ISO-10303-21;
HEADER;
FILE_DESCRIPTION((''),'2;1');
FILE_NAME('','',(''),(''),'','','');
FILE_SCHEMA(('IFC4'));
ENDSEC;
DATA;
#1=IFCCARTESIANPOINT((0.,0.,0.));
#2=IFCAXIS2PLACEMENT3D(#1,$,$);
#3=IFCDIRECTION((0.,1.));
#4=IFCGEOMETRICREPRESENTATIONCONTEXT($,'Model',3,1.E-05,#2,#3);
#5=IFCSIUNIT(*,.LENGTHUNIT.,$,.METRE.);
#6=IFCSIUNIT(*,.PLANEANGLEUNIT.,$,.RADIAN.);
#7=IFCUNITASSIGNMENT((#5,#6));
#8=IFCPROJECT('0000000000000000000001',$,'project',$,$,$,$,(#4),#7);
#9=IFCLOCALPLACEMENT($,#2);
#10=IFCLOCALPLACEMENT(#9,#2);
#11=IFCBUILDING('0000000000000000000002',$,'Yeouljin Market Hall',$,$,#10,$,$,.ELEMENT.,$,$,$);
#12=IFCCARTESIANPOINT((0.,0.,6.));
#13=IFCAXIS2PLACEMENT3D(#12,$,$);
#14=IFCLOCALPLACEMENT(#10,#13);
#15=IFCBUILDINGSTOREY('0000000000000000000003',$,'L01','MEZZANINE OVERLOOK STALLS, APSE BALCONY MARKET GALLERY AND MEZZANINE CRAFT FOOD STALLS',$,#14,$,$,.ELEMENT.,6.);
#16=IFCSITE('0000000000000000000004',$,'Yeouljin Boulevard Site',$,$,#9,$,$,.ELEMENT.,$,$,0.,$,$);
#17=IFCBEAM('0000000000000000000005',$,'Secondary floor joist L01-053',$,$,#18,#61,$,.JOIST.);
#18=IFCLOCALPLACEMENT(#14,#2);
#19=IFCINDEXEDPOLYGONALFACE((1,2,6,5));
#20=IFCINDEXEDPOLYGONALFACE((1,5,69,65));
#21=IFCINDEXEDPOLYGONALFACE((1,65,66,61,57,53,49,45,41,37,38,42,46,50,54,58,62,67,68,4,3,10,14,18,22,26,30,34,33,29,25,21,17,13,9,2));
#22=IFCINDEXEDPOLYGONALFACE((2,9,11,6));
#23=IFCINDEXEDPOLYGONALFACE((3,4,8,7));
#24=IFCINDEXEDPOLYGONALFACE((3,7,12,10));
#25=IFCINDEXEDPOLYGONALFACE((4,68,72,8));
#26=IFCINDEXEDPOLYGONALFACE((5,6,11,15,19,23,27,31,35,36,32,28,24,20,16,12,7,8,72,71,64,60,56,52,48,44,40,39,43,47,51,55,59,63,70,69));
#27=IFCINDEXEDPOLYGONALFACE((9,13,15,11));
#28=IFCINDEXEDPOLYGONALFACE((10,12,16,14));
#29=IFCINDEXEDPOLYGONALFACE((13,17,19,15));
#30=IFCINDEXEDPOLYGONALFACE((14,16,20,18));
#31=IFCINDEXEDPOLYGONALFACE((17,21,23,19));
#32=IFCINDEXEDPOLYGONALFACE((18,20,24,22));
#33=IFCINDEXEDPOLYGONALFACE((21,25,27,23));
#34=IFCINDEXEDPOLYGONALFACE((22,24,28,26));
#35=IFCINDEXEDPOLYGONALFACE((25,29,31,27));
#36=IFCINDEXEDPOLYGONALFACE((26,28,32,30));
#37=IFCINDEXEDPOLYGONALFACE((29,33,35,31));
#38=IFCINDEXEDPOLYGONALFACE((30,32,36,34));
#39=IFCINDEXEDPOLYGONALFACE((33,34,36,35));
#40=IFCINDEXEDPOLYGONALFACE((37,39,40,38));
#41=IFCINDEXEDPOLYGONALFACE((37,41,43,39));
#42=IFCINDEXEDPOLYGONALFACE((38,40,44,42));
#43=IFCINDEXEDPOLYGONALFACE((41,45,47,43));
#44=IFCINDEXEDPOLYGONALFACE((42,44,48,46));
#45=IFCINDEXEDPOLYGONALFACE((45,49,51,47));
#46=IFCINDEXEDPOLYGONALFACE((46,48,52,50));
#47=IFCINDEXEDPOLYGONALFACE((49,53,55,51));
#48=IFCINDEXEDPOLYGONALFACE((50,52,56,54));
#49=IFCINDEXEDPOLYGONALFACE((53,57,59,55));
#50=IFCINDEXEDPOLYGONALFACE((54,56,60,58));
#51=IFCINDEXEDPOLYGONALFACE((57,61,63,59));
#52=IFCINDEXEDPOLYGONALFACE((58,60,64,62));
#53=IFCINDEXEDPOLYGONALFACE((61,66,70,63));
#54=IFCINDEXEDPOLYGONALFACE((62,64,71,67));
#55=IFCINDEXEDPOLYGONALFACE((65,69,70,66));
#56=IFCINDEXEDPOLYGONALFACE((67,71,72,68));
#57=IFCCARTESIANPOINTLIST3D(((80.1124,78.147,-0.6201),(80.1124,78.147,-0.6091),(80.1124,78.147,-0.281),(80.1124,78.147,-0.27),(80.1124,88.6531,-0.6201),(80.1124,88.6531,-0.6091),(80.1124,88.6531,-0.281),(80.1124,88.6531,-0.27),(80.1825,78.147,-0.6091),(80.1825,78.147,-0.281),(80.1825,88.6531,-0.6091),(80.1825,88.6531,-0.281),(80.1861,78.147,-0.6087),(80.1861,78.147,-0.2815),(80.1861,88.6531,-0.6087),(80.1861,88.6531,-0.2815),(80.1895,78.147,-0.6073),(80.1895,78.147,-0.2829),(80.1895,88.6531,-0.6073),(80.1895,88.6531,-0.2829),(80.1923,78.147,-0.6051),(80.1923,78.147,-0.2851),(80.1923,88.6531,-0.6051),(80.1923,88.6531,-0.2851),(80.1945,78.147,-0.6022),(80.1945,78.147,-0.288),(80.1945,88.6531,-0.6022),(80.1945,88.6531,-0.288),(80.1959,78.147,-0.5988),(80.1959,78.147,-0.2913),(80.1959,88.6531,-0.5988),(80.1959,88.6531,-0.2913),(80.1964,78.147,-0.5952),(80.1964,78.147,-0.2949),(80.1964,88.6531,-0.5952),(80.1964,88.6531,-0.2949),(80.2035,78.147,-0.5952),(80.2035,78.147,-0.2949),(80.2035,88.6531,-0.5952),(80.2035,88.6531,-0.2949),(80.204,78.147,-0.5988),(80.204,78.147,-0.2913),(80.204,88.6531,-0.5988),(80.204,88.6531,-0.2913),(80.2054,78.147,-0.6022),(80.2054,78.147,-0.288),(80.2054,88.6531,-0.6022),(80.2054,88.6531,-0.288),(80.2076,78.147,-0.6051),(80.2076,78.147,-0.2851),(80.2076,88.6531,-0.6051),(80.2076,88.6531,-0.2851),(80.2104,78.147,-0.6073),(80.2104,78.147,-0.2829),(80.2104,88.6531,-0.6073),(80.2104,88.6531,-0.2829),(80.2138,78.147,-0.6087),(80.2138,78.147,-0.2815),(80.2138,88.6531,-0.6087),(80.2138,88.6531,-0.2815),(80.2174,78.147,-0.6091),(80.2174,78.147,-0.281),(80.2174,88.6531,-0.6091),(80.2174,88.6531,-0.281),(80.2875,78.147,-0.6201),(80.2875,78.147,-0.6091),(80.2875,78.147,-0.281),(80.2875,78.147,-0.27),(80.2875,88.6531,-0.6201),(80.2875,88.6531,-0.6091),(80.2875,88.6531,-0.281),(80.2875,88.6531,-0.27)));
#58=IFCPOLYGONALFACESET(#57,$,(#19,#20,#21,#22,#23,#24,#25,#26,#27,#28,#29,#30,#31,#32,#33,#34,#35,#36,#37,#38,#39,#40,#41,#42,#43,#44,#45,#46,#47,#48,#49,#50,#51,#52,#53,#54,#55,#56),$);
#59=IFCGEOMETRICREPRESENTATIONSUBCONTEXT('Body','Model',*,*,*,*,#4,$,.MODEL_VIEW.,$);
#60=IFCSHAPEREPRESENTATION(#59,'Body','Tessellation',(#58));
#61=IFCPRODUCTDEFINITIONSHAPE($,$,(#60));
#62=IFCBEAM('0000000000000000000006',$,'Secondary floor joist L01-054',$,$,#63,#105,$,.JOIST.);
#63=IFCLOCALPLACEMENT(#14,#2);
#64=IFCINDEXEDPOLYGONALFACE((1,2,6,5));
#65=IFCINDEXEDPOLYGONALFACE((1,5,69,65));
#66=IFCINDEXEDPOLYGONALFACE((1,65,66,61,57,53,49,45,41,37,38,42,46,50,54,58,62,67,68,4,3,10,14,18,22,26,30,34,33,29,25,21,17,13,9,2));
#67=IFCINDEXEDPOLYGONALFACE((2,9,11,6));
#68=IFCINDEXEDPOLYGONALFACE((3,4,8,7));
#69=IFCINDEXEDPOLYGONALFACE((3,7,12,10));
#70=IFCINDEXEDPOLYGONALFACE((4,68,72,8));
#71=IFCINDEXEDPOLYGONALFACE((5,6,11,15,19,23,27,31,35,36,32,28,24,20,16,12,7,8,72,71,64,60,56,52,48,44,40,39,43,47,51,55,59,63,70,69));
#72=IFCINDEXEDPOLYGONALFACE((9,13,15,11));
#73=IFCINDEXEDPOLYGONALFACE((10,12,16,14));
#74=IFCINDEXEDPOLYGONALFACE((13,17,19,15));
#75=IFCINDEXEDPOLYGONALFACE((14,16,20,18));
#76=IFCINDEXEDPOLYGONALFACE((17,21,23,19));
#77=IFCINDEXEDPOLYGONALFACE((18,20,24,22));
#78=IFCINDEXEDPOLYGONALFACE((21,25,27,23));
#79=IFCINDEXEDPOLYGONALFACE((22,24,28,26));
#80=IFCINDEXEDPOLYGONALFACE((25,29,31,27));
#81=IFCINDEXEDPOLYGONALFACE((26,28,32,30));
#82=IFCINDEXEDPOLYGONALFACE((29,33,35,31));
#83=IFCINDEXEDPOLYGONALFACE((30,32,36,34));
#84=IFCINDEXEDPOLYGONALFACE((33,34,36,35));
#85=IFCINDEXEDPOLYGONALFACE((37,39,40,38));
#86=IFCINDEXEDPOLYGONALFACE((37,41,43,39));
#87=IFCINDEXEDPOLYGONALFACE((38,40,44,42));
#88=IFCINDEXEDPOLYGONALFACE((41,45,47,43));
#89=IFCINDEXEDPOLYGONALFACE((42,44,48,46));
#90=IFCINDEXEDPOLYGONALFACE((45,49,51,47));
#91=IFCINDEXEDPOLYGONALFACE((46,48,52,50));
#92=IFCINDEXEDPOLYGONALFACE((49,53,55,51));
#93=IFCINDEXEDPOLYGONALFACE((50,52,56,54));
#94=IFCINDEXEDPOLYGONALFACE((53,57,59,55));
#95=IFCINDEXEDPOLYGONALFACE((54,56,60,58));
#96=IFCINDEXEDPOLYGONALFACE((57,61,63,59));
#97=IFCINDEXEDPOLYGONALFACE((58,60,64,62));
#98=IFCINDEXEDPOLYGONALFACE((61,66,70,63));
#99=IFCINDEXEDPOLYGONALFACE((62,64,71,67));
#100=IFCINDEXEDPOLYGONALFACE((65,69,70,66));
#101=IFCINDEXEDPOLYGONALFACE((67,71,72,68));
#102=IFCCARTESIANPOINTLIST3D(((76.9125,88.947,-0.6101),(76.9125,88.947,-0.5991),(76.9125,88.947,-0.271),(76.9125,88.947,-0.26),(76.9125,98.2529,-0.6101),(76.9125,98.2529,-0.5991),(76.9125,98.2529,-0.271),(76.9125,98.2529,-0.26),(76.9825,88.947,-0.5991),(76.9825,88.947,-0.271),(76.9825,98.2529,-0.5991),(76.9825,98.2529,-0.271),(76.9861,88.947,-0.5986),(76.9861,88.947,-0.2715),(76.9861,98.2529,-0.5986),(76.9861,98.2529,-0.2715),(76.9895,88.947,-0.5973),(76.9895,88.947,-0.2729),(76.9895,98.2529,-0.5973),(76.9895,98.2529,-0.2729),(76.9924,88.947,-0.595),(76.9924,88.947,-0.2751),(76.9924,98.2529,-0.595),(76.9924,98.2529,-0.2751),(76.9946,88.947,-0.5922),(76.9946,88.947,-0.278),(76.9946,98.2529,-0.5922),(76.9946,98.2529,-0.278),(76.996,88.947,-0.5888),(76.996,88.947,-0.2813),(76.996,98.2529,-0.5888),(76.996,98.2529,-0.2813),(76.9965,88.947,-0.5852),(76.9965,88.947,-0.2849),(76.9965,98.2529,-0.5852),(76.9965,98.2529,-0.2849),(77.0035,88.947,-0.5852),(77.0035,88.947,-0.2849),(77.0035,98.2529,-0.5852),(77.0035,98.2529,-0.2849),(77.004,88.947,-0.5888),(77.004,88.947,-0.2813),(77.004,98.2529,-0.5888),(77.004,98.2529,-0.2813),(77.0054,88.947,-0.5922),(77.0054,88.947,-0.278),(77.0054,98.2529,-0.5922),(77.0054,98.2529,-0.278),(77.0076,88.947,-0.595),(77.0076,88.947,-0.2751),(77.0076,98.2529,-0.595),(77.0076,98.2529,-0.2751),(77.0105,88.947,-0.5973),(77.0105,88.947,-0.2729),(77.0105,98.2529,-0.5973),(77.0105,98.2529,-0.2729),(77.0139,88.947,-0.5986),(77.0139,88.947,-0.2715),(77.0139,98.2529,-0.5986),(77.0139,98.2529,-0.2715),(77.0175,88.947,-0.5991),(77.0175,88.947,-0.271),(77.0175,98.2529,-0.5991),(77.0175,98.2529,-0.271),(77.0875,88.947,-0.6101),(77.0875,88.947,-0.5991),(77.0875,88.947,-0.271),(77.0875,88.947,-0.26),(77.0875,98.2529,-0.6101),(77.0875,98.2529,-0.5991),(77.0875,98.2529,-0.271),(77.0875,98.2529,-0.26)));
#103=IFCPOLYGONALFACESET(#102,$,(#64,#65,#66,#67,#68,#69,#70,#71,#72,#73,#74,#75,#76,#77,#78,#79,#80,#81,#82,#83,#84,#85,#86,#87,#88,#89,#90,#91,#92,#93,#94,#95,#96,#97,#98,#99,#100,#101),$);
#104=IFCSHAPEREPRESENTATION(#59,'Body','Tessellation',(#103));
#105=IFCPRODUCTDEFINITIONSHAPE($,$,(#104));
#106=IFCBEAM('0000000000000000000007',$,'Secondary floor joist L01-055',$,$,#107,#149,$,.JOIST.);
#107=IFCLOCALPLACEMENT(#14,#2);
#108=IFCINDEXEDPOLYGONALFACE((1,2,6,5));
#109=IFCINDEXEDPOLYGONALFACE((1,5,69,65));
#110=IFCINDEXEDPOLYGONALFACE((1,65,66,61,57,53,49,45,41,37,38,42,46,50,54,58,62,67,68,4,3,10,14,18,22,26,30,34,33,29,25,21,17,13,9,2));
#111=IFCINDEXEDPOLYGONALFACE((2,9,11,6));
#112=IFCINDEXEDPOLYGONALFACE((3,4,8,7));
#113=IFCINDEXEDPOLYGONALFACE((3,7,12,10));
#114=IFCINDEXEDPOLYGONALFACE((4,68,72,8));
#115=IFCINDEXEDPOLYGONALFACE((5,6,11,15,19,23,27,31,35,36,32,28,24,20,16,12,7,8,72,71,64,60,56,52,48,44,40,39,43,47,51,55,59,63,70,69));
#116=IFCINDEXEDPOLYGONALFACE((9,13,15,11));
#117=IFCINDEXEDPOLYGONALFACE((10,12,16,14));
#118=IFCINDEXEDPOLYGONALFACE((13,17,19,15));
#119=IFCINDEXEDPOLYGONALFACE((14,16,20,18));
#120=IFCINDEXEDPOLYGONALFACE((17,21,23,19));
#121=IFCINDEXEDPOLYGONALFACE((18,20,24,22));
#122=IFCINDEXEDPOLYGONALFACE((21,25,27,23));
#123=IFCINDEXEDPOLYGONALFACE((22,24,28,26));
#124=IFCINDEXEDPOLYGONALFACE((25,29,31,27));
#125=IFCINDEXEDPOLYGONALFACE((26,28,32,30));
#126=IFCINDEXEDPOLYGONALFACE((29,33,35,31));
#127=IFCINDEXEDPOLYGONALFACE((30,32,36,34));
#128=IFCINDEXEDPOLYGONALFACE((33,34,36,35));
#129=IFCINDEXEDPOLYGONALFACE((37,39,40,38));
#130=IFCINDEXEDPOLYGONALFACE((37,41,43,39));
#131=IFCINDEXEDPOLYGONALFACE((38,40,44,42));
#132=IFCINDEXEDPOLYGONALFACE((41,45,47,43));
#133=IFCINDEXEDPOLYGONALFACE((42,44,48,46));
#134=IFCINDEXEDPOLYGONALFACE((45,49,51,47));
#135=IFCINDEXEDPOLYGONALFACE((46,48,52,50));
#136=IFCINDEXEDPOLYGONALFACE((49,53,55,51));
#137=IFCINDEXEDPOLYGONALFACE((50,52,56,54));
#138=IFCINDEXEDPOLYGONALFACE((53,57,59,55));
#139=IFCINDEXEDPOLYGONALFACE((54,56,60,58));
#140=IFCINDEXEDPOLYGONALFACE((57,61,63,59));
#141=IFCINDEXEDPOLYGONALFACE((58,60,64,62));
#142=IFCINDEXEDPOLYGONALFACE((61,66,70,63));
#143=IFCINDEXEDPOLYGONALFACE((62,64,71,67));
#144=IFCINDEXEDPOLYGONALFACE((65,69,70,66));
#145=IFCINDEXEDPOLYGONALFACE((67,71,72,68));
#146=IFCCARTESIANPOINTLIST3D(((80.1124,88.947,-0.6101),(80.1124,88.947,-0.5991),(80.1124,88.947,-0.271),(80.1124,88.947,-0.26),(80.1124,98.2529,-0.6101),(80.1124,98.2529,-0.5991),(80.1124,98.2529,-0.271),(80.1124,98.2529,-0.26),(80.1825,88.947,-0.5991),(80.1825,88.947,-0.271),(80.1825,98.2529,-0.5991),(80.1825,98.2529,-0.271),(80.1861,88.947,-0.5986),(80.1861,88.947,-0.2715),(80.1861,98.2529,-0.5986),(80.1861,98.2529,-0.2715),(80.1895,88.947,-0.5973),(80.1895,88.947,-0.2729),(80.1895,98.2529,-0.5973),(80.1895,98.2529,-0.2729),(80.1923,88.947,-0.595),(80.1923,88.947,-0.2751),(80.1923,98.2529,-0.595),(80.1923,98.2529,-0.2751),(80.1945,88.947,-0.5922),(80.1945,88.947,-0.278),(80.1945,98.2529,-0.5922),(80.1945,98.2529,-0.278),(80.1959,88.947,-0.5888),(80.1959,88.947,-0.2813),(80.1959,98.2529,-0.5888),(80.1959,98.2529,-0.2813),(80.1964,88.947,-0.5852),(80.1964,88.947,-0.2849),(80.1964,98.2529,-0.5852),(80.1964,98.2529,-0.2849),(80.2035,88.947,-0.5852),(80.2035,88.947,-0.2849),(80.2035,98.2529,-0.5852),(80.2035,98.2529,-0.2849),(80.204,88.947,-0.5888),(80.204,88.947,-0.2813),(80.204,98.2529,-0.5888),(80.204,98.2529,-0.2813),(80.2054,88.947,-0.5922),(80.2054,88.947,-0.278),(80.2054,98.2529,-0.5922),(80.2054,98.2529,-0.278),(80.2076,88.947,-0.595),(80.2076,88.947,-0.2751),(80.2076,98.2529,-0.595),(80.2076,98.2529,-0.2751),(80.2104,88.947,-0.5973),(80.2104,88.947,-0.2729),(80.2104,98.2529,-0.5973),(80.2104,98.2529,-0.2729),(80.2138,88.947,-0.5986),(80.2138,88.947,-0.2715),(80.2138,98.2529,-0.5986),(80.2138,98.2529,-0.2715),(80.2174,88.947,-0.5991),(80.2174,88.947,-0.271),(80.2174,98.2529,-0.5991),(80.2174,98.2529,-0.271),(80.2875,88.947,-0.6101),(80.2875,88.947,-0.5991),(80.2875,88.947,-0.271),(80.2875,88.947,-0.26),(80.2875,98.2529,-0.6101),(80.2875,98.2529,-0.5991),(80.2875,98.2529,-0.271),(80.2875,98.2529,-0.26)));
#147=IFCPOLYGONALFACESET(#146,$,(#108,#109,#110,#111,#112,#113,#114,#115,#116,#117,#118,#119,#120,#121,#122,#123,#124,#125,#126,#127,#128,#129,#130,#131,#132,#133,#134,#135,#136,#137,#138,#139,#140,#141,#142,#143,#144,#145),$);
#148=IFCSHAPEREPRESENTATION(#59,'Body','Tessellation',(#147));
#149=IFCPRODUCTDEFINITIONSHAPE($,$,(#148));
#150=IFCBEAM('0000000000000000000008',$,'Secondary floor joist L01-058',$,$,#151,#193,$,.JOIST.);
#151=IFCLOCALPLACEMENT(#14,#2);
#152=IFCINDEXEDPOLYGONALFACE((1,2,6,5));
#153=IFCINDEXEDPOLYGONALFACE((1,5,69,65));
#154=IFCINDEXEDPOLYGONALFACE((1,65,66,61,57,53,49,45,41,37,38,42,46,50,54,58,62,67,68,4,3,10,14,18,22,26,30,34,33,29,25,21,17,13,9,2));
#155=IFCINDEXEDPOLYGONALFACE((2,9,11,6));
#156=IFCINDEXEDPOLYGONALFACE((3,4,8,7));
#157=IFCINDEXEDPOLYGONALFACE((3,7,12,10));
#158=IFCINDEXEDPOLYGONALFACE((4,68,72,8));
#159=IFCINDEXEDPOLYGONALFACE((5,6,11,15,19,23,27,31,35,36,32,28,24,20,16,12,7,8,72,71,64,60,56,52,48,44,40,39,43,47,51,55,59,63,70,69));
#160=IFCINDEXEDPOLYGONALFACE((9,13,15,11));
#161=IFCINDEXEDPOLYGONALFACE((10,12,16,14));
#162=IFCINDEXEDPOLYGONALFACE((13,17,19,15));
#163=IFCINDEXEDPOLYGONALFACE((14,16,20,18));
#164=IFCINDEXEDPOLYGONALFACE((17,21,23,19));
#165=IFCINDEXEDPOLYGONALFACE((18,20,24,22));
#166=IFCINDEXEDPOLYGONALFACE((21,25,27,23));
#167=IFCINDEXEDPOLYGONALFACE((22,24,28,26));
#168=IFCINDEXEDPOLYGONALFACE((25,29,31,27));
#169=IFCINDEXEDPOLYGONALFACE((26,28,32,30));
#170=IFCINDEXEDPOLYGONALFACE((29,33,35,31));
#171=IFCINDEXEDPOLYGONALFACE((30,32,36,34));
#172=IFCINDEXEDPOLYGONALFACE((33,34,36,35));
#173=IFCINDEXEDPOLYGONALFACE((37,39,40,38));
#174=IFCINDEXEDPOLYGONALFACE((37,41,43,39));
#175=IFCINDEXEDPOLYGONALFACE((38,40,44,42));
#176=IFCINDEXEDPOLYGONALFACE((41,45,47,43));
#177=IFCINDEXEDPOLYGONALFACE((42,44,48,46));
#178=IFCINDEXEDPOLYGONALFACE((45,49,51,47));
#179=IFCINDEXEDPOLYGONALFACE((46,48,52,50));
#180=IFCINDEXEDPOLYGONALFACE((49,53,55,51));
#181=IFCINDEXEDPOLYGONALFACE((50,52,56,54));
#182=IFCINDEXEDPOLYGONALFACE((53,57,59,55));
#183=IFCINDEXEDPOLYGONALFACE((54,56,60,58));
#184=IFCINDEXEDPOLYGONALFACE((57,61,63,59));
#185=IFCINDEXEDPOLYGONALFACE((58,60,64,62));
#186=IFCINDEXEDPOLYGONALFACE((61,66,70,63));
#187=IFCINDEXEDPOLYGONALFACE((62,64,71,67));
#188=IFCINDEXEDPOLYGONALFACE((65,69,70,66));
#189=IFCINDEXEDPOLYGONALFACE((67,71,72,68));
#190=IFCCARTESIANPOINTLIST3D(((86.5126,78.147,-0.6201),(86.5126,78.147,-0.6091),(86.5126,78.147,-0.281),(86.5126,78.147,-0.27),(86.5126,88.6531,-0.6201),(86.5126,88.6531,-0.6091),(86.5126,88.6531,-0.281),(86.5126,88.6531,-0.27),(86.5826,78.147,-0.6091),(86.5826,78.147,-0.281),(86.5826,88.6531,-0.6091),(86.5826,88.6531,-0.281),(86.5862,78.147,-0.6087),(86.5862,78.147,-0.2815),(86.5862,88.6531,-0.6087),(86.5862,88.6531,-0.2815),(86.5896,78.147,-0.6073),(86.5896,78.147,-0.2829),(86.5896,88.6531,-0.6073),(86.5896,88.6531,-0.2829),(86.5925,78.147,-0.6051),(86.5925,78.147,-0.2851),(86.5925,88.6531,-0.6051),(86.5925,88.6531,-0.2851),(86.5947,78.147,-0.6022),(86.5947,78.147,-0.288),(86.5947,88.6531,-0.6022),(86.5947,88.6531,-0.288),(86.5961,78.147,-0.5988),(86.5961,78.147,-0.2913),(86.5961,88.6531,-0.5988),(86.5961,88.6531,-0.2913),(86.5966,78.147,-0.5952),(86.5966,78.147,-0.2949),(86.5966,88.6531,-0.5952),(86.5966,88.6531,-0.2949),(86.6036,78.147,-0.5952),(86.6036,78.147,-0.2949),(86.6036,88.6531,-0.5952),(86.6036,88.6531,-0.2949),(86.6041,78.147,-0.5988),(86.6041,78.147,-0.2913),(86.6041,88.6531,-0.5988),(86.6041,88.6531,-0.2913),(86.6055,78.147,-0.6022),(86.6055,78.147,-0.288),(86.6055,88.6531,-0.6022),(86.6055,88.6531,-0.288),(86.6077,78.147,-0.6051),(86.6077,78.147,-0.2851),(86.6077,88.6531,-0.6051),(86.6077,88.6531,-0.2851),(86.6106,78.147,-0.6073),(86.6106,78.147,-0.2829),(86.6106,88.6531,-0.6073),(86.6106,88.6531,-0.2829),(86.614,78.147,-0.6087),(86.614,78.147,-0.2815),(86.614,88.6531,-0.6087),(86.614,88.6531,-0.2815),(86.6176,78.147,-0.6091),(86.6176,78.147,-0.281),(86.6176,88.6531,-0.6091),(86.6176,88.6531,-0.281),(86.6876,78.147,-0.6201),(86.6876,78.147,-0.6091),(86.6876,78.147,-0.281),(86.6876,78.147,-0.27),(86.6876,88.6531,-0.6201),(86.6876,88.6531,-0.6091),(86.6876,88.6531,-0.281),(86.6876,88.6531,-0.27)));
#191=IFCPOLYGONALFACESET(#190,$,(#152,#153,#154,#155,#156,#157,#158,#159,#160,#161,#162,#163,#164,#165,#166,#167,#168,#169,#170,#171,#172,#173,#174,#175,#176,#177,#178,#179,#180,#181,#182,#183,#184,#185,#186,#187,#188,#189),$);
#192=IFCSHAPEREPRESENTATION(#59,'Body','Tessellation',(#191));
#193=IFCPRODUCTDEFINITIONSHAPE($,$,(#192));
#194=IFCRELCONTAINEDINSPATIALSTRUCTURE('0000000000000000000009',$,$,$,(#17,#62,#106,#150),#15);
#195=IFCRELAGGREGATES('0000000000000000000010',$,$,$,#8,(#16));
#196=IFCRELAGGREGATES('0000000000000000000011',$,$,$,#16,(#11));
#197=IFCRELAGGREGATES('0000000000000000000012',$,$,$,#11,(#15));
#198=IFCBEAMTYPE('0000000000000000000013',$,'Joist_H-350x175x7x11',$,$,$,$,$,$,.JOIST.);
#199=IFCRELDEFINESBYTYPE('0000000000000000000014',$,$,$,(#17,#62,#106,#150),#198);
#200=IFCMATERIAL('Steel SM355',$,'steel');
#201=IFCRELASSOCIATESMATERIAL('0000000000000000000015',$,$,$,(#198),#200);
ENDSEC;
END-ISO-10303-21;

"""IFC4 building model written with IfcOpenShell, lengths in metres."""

from ifc_helpers import new_model, si_unit, direction, frame, origin, origin_2d, place, context, subcontext, project, spatial, i_section, extrude, material, material_profile, profile_set, type_object, element, save


model = new_model("IFC4")

# Units and contexts
model_context = context("Model", 3, precision=1e-05, world=origin(), true_north=direction((0.0, 1.0)))
body_context = subcontext(model_context, "Body", "Model", "MODEL_VIEW")
ifc_project = project(units=[si_unit("LENGTHUNIT", "METRE"), si_unit("PLANEANGLEUNIT", "RADIAN")], contexts=[model_context])

# Site, building, storey
site_placement = place(None, origin())
site = spatial("IfcSite", under=ifc_project, at=site_placement, Name="Yeouljin Boulevard Site", CompositionType="ELEMENT", RefElevation=0.0)
building_placement = place(site_placement, origin())
building = spatial("IfcBuilding", under=site, at=building_placement, Name="Yeouljin Market Hall", CompositionType="ELEMENT")
storey_placement = place(building_placement, frame((0.0, 0.0, 6.0)))
storey = spatial("IfcBuildingStorey", under=building, at=storey_placement, Name="L01", Description="MEZZANINE OVERLOOK STALLS, APSE BALCONY MARKET GALLERY AND MEZZANINE CRAFT FOOD STALLS", CompositionType="ELEMENT", Elevation=6.0)

# Beams
ifc_material_1 = material(Name="Steel SM355", Category="steel")
ifc_material_profile_1 = material_profile(ifc_material_1, i_section(OverallWidth=0.175, OverallDepth=0.3501, WebThickness=0.0071, FlangeThickness=0.011, FilletRadius=0.0139, at=origin_2d()), Name="H-350x175x7x11")
ifc_profile_set_1 = profile_set([ifc_material_profile_1], Name="Steel SM355")
beam_type_1 = type_object("IfcBeamType", Name="Joist_H-350x175x7x11", PredefinedType="JOIST", material=ifc_profile_set_1)
for number, where, z_axis, x_axis, name in (
    (1, (80.2, 78.147, -0.4451), (0.0, 1.0, 0.0), (-1.0, 0.0, 0.0), "Secondary floor joist L01-053"),
):
    element("IfcBeam", number, at=place(storey_placement, frame(where, z_axis=z_axis, x_axis=x_axis)), inside=storey, type_object=beam_type_1, Name=name, PredefinedType="JOIST", context=body_context, shape_type="SweptSolid", body=[
        extrude(i_section(OverallWidth=0.175, OverallDepth=0.3501, WebThickness=0.0071, FlangeThickness=0.011, FilletRadius=0.0139, at=origin_2d()), origin(), (0.0, 0.0, 1.0), 10.5061),
    ])
for number, where, z_axis, x_axis, name in (
    (2, (77.0, 88.947, -0.4351), (0.0, 1.0, 0.0), (-1.0, 0.0, 0.0), "Secondary floor joist L01-054"),
    (3, (80.2, 88.947, -0.4351), (0.0, 1.0, 0.0), (-1.0, 0.0, 0.0), "Secondary floor joist L01-055"),
):
    element("IfcBeam", number, at=place(storey_placement, frame(where, z_axis=z_axis, x_axis=x_axis)), inside=storey, type_object=beam_type_1, Name=name, PredefinedType="JOIST", context=body_context, shape_type="SweptSolid", body=[
        extrude(i_section(OverallWidth=0.175, OverallDepth=0.3501, WebThickness=0.0071, FlangeThickness=0.011, FilletRadius=0.0139, at=origin_2d()), origin(), (0.0, 0.0, 1.0), 9.3059),
    ])
beam_1_placement = place(storey_placement, frame((86.6001, 78.147, -0.4451), z_axis=(0.0, 1.0, 0.0), x_axis=(-1.0, 0.0, 0.0)))
element("IfcBeam", 4, at=beam_1_placement, inside=storey, type_object=beam_type_1, Name="Secondary floor joist L01-058", PredefinedType="JOIST", context=body_context, shape_type="SweptSolid", body=[
    extrude(i_section(OverallWidth=0.175, OverallDepth=0.3501, WebThickness=0.0071, FlangeThickness=0.011, FilletRadius=0.0139, at=origin_2d()), origin(), (0.0, 0.0, 1.0), 10.5061),
])

save(model, "model.ifc")
